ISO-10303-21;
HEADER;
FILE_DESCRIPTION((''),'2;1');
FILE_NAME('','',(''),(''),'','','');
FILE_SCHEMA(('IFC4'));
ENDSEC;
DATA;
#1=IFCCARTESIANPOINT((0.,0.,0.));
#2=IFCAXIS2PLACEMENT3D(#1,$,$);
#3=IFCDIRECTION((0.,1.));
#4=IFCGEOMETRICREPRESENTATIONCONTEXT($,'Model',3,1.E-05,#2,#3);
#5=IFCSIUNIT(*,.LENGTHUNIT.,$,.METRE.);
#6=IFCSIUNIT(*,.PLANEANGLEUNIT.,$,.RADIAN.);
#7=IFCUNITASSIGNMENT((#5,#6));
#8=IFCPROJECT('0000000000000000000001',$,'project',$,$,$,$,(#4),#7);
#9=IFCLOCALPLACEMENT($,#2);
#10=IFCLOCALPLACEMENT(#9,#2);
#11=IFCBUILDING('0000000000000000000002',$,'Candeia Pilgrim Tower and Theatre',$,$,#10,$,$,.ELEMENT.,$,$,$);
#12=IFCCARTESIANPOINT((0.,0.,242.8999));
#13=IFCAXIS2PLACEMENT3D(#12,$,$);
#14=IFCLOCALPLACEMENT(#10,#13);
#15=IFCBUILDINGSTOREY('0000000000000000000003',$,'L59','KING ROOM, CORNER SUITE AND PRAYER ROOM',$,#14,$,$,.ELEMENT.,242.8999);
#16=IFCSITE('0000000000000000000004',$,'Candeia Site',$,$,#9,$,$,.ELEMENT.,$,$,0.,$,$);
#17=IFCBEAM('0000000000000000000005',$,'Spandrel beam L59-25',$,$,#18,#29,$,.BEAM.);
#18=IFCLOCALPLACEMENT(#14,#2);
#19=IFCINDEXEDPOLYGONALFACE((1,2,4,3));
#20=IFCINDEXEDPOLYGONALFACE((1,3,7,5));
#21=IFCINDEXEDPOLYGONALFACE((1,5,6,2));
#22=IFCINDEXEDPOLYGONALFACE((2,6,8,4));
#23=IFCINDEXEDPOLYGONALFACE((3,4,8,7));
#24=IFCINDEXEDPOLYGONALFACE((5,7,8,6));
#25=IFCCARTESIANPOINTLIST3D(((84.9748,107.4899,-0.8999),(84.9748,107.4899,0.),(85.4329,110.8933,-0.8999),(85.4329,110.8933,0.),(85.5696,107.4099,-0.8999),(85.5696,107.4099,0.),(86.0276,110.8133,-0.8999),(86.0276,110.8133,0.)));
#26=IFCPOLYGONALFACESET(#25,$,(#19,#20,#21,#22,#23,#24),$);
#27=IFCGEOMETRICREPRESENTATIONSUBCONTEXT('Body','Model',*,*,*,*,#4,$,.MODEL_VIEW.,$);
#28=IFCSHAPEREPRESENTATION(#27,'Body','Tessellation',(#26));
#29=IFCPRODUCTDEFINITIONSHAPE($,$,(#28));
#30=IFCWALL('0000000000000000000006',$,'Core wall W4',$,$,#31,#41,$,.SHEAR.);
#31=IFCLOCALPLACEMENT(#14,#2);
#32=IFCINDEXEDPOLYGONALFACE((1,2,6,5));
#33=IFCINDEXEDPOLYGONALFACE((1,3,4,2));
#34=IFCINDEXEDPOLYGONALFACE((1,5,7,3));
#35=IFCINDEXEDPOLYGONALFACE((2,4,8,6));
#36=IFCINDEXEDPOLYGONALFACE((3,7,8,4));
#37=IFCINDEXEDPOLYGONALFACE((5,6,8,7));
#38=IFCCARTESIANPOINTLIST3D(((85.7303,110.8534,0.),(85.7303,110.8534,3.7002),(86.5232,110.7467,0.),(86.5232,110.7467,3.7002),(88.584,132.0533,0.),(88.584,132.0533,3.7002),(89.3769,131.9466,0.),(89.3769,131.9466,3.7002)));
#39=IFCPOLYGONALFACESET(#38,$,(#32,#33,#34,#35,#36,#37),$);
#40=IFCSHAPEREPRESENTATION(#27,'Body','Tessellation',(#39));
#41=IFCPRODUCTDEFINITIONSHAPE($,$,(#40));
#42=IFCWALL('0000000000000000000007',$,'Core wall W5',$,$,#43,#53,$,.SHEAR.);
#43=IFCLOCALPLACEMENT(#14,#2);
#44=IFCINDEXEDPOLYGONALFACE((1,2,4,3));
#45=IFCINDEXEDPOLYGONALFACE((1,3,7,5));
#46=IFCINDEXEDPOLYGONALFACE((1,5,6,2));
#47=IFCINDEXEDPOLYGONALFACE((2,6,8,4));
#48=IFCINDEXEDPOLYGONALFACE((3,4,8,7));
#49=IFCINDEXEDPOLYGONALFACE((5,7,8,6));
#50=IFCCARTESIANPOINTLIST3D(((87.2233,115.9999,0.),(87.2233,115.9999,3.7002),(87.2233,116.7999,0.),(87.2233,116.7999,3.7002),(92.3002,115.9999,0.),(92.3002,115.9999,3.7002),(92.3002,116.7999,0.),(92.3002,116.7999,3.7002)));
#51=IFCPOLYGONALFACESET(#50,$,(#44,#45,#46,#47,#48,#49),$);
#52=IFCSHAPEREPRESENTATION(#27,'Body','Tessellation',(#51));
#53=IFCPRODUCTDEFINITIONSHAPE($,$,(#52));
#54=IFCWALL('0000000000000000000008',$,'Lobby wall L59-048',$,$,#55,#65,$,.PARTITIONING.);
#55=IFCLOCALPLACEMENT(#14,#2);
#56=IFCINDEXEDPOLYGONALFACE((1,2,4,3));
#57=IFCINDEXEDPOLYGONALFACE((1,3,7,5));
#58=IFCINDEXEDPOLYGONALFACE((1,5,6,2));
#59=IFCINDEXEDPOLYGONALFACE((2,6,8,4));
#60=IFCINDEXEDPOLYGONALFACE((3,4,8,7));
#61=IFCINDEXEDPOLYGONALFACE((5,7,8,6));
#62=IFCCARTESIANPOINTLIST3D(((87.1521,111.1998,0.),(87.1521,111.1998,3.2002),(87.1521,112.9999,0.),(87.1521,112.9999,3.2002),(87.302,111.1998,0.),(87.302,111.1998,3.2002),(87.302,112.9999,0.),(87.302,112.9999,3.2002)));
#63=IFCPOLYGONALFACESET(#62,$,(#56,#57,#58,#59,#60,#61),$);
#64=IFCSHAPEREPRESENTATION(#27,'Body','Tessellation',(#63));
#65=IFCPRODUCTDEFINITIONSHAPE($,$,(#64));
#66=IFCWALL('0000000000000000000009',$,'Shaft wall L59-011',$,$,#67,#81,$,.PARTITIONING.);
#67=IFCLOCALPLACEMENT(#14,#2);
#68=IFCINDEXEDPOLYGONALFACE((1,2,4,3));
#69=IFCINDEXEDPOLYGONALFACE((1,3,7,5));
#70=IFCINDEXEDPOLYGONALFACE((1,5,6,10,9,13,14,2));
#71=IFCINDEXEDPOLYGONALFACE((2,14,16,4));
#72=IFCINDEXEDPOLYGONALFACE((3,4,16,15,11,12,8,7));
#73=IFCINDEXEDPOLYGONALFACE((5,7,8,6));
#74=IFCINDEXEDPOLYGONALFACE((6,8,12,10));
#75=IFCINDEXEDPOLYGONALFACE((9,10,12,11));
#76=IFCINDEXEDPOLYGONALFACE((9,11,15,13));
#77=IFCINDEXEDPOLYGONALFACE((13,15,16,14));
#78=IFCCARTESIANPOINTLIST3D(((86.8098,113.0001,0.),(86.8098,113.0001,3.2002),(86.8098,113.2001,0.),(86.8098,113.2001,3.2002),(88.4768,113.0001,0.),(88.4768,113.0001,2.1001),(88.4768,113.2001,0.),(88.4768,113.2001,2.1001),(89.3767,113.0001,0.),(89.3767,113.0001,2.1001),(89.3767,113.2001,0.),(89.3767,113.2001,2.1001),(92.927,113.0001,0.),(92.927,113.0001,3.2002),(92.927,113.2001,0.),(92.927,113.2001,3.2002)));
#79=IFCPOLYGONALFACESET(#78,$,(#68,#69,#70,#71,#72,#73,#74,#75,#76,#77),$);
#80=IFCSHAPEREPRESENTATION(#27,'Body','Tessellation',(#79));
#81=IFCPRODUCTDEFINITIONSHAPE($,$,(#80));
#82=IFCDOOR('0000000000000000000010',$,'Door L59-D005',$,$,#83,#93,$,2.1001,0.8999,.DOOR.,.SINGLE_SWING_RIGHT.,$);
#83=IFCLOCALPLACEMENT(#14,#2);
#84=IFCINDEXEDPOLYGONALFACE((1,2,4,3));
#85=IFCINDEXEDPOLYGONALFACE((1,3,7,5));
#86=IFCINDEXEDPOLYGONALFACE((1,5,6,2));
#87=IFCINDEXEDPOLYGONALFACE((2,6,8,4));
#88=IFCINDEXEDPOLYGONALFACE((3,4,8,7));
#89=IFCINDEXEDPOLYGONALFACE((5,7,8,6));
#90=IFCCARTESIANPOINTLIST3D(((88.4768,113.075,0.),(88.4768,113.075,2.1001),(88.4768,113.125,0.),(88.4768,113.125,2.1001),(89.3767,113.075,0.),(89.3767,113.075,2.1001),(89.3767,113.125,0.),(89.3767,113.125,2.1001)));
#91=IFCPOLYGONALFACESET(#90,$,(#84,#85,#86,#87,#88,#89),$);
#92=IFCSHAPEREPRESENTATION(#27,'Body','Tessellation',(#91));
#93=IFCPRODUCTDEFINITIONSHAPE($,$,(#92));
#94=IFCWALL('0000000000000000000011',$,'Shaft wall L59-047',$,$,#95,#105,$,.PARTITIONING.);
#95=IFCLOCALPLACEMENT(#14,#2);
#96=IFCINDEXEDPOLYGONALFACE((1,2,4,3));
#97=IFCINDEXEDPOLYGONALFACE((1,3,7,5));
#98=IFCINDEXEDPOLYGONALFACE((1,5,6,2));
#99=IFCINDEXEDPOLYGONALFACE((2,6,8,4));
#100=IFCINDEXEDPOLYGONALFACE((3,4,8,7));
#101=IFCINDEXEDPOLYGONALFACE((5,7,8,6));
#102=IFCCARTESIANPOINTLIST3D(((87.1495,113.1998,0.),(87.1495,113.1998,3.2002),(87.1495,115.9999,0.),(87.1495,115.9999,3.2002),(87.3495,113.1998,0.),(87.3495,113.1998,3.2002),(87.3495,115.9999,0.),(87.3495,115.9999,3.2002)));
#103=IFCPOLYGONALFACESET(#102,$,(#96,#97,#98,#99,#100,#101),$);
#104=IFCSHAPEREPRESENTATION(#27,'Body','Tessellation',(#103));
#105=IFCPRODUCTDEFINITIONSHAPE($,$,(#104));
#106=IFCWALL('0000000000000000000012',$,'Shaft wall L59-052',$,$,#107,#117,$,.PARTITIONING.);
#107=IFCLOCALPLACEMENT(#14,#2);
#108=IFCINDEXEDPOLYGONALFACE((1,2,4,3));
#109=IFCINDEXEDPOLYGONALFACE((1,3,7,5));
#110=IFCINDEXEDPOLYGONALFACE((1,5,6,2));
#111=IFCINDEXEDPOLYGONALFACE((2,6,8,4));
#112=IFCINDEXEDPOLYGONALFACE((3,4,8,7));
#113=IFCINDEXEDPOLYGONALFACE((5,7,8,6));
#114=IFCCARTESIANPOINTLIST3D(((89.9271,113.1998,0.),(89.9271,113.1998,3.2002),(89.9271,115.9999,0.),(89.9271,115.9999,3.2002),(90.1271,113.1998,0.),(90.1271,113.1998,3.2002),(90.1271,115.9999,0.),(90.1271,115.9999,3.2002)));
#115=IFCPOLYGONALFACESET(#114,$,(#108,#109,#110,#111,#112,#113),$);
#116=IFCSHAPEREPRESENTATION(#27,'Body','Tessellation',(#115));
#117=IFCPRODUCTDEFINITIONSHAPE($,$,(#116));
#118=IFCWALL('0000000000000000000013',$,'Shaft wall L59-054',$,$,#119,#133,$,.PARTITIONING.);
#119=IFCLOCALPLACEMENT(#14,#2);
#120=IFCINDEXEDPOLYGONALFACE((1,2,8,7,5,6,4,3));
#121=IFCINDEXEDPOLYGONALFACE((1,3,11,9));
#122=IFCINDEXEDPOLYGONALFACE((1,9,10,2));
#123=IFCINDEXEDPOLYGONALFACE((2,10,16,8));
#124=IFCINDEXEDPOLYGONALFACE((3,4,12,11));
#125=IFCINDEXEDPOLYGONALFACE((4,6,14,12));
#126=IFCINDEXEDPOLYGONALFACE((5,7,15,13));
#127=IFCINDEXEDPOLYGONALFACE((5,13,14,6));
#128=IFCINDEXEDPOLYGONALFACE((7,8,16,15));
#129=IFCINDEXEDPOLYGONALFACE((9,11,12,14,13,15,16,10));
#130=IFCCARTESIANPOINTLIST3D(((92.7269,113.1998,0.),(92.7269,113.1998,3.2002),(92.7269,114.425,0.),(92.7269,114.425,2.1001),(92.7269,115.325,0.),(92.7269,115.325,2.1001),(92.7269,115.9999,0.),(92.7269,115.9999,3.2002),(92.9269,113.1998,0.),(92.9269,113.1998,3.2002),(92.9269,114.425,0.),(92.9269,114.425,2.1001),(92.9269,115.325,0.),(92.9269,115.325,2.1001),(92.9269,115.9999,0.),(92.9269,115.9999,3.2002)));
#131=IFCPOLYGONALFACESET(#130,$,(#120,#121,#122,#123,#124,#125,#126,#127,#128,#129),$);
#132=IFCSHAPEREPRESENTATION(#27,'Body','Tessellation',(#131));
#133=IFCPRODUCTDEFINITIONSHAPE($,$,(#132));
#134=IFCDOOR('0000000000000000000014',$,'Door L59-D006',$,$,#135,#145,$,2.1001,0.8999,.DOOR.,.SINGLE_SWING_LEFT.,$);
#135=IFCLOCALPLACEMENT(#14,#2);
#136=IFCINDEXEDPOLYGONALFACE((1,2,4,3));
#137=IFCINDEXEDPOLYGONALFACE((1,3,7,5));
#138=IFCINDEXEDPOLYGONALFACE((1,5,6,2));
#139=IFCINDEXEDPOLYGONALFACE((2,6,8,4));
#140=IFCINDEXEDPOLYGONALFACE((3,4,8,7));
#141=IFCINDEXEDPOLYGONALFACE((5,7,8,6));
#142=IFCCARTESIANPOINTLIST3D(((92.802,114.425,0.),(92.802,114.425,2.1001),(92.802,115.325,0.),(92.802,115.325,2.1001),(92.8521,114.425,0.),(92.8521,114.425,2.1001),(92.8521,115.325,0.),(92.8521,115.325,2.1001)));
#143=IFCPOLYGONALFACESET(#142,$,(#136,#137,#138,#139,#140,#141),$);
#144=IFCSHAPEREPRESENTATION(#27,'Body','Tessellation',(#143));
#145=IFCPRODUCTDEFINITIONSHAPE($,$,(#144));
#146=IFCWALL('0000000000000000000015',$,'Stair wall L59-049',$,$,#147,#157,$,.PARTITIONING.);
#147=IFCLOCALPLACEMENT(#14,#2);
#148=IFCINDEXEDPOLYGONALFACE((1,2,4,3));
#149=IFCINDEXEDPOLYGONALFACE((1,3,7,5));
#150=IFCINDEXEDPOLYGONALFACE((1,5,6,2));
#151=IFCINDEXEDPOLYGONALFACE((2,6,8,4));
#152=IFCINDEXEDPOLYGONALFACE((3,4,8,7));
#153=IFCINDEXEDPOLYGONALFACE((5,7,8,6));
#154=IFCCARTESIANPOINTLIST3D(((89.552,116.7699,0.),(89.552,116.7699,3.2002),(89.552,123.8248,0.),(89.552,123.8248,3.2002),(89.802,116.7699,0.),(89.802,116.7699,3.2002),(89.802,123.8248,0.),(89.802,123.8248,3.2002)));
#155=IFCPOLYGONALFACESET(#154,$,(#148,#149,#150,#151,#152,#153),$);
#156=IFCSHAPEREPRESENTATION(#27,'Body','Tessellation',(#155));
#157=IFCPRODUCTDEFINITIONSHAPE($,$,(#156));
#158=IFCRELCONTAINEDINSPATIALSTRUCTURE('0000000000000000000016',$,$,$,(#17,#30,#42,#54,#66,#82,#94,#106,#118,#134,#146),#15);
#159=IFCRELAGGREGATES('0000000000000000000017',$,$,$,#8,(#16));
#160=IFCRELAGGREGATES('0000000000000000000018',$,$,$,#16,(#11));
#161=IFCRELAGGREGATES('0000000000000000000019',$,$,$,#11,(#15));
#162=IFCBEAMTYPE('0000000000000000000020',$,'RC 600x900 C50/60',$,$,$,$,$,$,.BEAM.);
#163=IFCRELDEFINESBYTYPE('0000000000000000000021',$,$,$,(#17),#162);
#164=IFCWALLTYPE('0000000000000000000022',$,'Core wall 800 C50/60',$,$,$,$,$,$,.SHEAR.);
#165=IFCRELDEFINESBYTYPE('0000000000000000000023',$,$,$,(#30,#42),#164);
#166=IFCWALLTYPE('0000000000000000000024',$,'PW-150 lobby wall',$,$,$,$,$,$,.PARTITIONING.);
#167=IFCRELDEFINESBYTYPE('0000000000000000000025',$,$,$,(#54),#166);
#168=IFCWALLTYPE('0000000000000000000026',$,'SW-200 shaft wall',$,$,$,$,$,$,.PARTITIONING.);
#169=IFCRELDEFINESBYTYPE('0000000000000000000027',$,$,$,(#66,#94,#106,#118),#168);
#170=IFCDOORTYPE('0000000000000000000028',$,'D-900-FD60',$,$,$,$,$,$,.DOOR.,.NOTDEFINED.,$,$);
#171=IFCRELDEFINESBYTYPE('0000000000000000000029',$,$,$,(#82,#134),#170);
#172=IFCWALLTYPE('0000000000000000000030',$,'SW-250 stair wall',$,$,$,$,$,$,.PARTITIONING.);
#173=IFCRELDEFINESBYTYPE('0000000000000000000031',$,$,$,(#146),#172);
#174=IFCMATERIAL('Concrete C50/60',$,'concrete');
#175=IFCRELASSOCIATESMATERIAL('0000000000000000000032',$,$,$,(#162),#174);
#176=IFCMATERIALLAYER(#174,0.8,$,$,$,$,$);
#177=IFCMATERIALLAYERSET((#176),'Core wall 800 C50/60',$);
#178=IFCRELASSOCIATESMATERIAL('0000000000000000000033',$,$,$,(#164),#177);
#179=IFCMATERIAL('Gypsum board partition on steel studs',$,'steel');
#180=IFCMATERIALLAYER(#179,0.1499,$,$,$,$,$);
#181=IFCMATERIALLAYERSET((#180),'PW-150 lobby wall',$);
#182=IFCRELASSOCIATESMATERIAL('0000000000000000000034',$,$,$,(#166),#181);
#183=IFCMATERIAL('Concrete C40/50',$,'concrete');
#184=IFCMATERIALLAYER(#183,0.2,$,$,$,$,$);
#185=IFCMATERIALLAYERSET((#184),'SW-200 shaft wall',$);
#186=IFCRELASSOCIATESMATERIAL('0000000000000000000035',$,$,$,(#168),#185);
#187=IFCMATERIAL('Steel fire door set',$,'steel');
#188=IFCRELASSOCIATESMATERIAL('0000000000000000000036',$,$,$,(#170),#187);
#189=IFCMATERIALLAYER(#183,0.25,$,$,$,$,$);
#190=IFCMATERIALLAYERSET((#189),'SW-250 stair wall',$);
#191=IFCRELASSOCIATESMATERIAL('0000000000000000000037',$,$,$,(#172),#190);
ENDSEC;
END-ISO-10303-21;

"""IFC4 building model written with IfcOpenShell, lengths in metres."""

from ifc_helpers import new_model, si_unit, direction, frame, frame_2d, origin, origin_2d, place, context, subcontext, project, spatial, rectangle, extrude, material, layer, layer_set, material_profile, profile_set, type_object, element, fill, save


model = new_model("IFC4")

# Units and contexts
model_context = context("Model", 3, precision=1e-05, world=origin(), true_north=direction((0.0, 1.0)))
body_context = subcontext(model_context, "Body", "Model", "MODEL_VIEW")
ifc_project = project(units=[si_unit("LENGTHUNIT", "METRE"), si_unit("PLANEANGLEUNIT", "RADIAN")], contexts=[model_context])

# Site, building, storey
site_placement = place(None, origin())
site = spatial("IfcSite", under=ifc_project, at=site_placement, Name="Candeia Site", CompositionType="ELEMENT", RefElevation=0.0)
building_placement = place(site_placement, origin())
building = spatial("IfcBuilding", under=site, at=building_placement, Name="Candeia Pilgrim Tower and Theatre", CompositionType="ELEMENT")
storey_placement = place(building_placement, frame((0.0, 0.0, 242.8999)))
storey = spatial("IfcBuildingStorey", under=building, at=storey_placement, Name="L59", Description="KING ROOM, CORNER SUITE AND PRAYER ROOM", CompositionType="ELEMENT", Elevation=242.8999)

# Beam
ifc_material_1 = material(Name="Concrete C50/60", Category="concrete")
ifc_material_profile = material_profile(ifc_material_1, rectangle(XDim=0.6001, YDim=0.8999, at=origin_2d()))
ifc_profile_set = profile_set([ifc_material_profile], Name="Concrete C50/60")
beam_type = type_object("IfcBeamType", Name="RC 600x900 C50/60", PredefinedType="BEAM", material=ifc_profile_set)
beam_placement = place(storey_placement, frame((85.7302, 110.8533, -0.45), z_axis=(-0.133374, -0.991066, 0.0), x_axis=(0.991066, -0.133374, 0.0)))
element("IfcBeam", 1, at=beam_placement, inside=storey, type_object=beam_type, Name="Spandrel beam L59-25", PredefinedType="BEAM", context=body_context, shape_type="SweptSolid", body=[
    extrude(rectangle(XDim=0.6001, YDim=0.8999, at=origin_2d()), origin(), (0.0, 0.0, 1.0), 3.4341),
])

# Walls
ifc_layer_1 = layer(ifc_material_1, 0.8)
ifc_layer_set_1 = layer_set([ifc_layer_1], Name="Core wall 800 C50/60")
wall_type_1 = type_object("IfcWallType", Name="Core wall 800 C50/60", PredefinedType="SHEAR", material=ifc_layer_set_1)
wall_1_placement = place(storey_placement, frame((86.1267, 110.8, 0.0), z_axis=(0.0, 0.0, 1.0), x_axis=(0.133408, 0.991061, 0.0)))
element("IfcWall", 2, at=wall_1_placement, inside=storey, type_object=wall_type_1, Name="Core wall W4", PredefinedType="SHEAR", context=body_context, shape_type="SweptSolid", body=[
    extrude(rectangle(XDim=21.3911, YDim=0.8, at=frame_2d((10.6956, 0.0))), origin(), (0.0, 0.0, 1.0), 3.7002),
])
wall_2_placement = place(storey_placement, frame((87.2231, 116.3999, 0.0), z_axis=(0.0, 0.0, 1.0), x_axis=(1.0, 0.0, 0.0)))
element("IfcWall", 3, at=wall_2_placement, inside=storey, type_object=wall_type_1, Name="Core wall W5", PredefinedType="SHEAR", context=body_context, shape_type="SweptSolid", body=[
    extrude(rectangle(XDim=5.0769, YDim=0.8, at=frame_2d((2.5386, 0.0))), origin(), (0.0, 0.0, 1.0), 3.7002),
])
ifc_material_2 = material(Name="Gypsum board partition on steel studs", Category="steel")
ifc_layer_2 = layer(ifc_material_2, 0.1499)
ifc_layer_set_2 = layer_set([ifc_layer_2], Name="PW-150 lobby wall")
wall_type_2 = type_object("IfcWallType", Name="PW-150 lobby wall", PredefinedType="PARTITIONING", material=ifc_layer_set_2)
wall_3_placement = place(storey_placement, frame((87.2271, 111.2, 0.0), z_axis=(0.0, 0.0, 1.0), x_axis=(0.0, 1.0, 0.0)))
element("IfcWall", 4, at=wall_3_placement, inside=storey, type_object=wall_type_2, Name="Lobby wall L59-048", PredefinedType="PARTITIONING", context=body_context, shape_type="SweptSolid", body=[
    extrude(rectangle(XDim=1.8, YDim=0.1499, at=frame_2d((0.8999, 0.0))), origin(), (0.0, 0.0, 1.0), 3.2002),
])

# Wall, opening, door
ifc_material_3 = material(Name="Concrete C40/50", Category="concrete")
ifc_layer_3 = layer(ifc_material_3, 0.2)
ifc_layer_set_3 = layer_set([ifc_layer_3], Name="SW-200 shaft wall")
wall_type_3 = type_object("IfcWallType", Name="SW-200 shaft wall", PredefinedType="PARTITIONING", material=ifc_layer_set_3)
wall_4_placement = place(storey_placement, frame((86.8098, 113.1001, 0.0), z_axis=(0.0, 0.0, 1.0), x_axis=(1.0, 0.0, 0.0)))
wall_4 = element("IfcWall", 5, at=wall_4_placement, inside=storey, type_object=wall_type_3, Name="Shaft wall L59-011", PredefinedType="PARTITIONING", context=body_context, shape_type="SweptSolid", body=[
    extrude(rectangle(XDim=6.1172, YDim=0.2, at=frame_2d((3.0586, 0.0))), origin(), (0.0, 0.0, 1.0), 3.2002),
])
opening_1_placement = place(wall_4_placement, frame((1.667, 0.0, 0.0)))
opening_1 = element("IfcOpeningElement", 6, at=opening_1_placement, cuts=wall_4, PredefinedType="OPENING", context=body_context, shape_type="SweptSolid", body=[
    extrude(rectangle(XDim=0.8999, YDim=2.1001, at=frame_2d((0.45, 1.05))), frame((0.0, 0.1099, 0.0), z_axis=(0.0, -1.0, 0.0), x_axis=(1.0, 0.0, 0.0)), (0.0, 0.0, 1.0), 0.22),
])
ifc_material_4 = material(Name="Steel fire door set", Category="steel")
door_type = type_object("IfcDoorType", Name="D-900-FD60", OperationType="NOTDEFINED", PredefinedType="DOOR", material=ifc_material_4)
door_1_placement = place(opening_1_placement, origin())
door_1 = element("IfcDoor", 7, at=door_1_placement, inside=storey, type_object=door_type, Name="Door L59-D005", OperationType="SINGLE_SWING_RIGHT", OverallHeight=2.1001, OverallWidth=0.8999, PredefinedType="DOOR", context=body_context, shape_type="SweptSolid", body=[
    extrude(rectangle(XDim=0.8999, YDim=2.1001, at=frame_2d((0.45, 1.05))), frame((0.0, 0.0249, 0.0), z_axis=(0.0, -1.0, 0.0), x_axis=(1.0, 0.0, 0.0)), (0.0, 0.0, 1.0), 0.05),
])
fill(opening_1, door_1)

# Walls
for number, where, z_axis, x_axis, name in (
    (8, (87.2495, 113.2, 0.0), (0.0, 0.0, 1.0), (0.0, 1.0, 0.0), "Shaft wall L59-047"),
    (9, (90.0271, 113.2, 0.0), (0.0, 0.0, 1.0), (0.0, 1.0, 0.0), "Shaft wall L59-052"),
):
    element("IfcWall", number, at=place(storey_placement, frame(where, z_axis=z_axis, x_axis=x_axis)), inside=storey, type_object=wall_type_3, Name=name, PredefinedType="PARTITIONING", context=body_context, shape_type="SweptSolid", body=[
        extrude(rectangle(XDim=2.8, YDim=0.2, at=frame_2d((1.3999, 0.0))), origin(), (0.0, 0.0, 1.0), 3.2002),
    ])

# Wall, opening, door
wall_5_placement = place(storey_placement, frame((92.8269, 113.2, 0.0), z_axis=(0.0, 0.0, 1.0), x_axis=(0.0, 1.0, 0.0)))
wall_5 = element("IfcWall", 10, at=wall_5_placement, inside=storey, type_object=wall_type_3, Name="Shaft wall L59-054", PredefinedType="PARTITIONING", context=body_context, shape_type="SweptSolid", body=[
    extrude(rectangle(XDim=2.8, YDim=0.2, at=frame_2d((1.3999, 0.0))), origin(), (0.0, 0.0, 1.0), 3.2002),
])
opening_2_placement = place(wall_5_placement, frame((1.2251, 0.0, 0.0)))
opening_2 = element("IfcOpeningElement", 11, at=opening_2_placement, cuts=wall_5, PredefinedType="OPENING", context=body_context, shape_type="SweptSolid", body=[
    extrude(rectangle(XDim=0.8999, YDim=2.1001, at=frame_2d((0.45, 1.05))), frame((0.0, 0.1099, 0.0), z_axis=(0.0, -1.0, 0.0), x_axis=(1.0, 0.0, 0.0)), (0.0, 0.0, 1.0), 0.22),
])
door_2_placement = place(opening_2_placement, origin())
door_2 = element("IfcDoor", 12, at=door_2_placement, inside=storey, type_object=door_type, Name="Door L59-D006", OperationType="SINGLE_SWING_LEFT", OverallHeight=2.1001, OverallWidth=0.8999, PredefinedType="DOOR", context=body_context, shape_type="SweptSolid", body=[
    extrude(rectangle(XDim=0.8999, YDim=2.1001, at=frame_2d((0.45, 1.05))), frame((0.0, 0.0249, 0.0), z_axis=(0.0, -1.0, 0.0), x_axis=(1.0, 0.0, 0.0)), (0.0, 0.0, 1.0), 0.05),
])
fill(opening_2, door_2)

# Wall
ifc_layer_4 = layer(ifc_material_3, 0.25)
ifc_layer_set_4 = layer_set([ifc_layer_4], Name="SW-250 stair wall")
wall_type_4 = type_object("IfcWallType", Name="SW-250 stair wall", PredefinedType="PARTITIONING", material=ifc_layer_set_4)
wall_6_placement = place(storey_placement, frame((89.677, 116.77, 0.0), z_axis=(0.0, 0.0, 1.0), x_axis=(0.0, 1.0, 0.0)))
element("IfcWall", 13, at=wall_6_placement, inside=storey, type_object=wall_type_4, Name="Stair wall L59-049", PredefinedType="PARTITIONING", context=body_context, shape_type="SweptSolid", body=[
    extrude(rectangle(XDim=7.0549, YDim=0.25, at=frame_2d((3.5273, 0.0))), origin(), (0.0, 0.0, 1.0), 3.2002),
])

save(model, "model.ifc")
